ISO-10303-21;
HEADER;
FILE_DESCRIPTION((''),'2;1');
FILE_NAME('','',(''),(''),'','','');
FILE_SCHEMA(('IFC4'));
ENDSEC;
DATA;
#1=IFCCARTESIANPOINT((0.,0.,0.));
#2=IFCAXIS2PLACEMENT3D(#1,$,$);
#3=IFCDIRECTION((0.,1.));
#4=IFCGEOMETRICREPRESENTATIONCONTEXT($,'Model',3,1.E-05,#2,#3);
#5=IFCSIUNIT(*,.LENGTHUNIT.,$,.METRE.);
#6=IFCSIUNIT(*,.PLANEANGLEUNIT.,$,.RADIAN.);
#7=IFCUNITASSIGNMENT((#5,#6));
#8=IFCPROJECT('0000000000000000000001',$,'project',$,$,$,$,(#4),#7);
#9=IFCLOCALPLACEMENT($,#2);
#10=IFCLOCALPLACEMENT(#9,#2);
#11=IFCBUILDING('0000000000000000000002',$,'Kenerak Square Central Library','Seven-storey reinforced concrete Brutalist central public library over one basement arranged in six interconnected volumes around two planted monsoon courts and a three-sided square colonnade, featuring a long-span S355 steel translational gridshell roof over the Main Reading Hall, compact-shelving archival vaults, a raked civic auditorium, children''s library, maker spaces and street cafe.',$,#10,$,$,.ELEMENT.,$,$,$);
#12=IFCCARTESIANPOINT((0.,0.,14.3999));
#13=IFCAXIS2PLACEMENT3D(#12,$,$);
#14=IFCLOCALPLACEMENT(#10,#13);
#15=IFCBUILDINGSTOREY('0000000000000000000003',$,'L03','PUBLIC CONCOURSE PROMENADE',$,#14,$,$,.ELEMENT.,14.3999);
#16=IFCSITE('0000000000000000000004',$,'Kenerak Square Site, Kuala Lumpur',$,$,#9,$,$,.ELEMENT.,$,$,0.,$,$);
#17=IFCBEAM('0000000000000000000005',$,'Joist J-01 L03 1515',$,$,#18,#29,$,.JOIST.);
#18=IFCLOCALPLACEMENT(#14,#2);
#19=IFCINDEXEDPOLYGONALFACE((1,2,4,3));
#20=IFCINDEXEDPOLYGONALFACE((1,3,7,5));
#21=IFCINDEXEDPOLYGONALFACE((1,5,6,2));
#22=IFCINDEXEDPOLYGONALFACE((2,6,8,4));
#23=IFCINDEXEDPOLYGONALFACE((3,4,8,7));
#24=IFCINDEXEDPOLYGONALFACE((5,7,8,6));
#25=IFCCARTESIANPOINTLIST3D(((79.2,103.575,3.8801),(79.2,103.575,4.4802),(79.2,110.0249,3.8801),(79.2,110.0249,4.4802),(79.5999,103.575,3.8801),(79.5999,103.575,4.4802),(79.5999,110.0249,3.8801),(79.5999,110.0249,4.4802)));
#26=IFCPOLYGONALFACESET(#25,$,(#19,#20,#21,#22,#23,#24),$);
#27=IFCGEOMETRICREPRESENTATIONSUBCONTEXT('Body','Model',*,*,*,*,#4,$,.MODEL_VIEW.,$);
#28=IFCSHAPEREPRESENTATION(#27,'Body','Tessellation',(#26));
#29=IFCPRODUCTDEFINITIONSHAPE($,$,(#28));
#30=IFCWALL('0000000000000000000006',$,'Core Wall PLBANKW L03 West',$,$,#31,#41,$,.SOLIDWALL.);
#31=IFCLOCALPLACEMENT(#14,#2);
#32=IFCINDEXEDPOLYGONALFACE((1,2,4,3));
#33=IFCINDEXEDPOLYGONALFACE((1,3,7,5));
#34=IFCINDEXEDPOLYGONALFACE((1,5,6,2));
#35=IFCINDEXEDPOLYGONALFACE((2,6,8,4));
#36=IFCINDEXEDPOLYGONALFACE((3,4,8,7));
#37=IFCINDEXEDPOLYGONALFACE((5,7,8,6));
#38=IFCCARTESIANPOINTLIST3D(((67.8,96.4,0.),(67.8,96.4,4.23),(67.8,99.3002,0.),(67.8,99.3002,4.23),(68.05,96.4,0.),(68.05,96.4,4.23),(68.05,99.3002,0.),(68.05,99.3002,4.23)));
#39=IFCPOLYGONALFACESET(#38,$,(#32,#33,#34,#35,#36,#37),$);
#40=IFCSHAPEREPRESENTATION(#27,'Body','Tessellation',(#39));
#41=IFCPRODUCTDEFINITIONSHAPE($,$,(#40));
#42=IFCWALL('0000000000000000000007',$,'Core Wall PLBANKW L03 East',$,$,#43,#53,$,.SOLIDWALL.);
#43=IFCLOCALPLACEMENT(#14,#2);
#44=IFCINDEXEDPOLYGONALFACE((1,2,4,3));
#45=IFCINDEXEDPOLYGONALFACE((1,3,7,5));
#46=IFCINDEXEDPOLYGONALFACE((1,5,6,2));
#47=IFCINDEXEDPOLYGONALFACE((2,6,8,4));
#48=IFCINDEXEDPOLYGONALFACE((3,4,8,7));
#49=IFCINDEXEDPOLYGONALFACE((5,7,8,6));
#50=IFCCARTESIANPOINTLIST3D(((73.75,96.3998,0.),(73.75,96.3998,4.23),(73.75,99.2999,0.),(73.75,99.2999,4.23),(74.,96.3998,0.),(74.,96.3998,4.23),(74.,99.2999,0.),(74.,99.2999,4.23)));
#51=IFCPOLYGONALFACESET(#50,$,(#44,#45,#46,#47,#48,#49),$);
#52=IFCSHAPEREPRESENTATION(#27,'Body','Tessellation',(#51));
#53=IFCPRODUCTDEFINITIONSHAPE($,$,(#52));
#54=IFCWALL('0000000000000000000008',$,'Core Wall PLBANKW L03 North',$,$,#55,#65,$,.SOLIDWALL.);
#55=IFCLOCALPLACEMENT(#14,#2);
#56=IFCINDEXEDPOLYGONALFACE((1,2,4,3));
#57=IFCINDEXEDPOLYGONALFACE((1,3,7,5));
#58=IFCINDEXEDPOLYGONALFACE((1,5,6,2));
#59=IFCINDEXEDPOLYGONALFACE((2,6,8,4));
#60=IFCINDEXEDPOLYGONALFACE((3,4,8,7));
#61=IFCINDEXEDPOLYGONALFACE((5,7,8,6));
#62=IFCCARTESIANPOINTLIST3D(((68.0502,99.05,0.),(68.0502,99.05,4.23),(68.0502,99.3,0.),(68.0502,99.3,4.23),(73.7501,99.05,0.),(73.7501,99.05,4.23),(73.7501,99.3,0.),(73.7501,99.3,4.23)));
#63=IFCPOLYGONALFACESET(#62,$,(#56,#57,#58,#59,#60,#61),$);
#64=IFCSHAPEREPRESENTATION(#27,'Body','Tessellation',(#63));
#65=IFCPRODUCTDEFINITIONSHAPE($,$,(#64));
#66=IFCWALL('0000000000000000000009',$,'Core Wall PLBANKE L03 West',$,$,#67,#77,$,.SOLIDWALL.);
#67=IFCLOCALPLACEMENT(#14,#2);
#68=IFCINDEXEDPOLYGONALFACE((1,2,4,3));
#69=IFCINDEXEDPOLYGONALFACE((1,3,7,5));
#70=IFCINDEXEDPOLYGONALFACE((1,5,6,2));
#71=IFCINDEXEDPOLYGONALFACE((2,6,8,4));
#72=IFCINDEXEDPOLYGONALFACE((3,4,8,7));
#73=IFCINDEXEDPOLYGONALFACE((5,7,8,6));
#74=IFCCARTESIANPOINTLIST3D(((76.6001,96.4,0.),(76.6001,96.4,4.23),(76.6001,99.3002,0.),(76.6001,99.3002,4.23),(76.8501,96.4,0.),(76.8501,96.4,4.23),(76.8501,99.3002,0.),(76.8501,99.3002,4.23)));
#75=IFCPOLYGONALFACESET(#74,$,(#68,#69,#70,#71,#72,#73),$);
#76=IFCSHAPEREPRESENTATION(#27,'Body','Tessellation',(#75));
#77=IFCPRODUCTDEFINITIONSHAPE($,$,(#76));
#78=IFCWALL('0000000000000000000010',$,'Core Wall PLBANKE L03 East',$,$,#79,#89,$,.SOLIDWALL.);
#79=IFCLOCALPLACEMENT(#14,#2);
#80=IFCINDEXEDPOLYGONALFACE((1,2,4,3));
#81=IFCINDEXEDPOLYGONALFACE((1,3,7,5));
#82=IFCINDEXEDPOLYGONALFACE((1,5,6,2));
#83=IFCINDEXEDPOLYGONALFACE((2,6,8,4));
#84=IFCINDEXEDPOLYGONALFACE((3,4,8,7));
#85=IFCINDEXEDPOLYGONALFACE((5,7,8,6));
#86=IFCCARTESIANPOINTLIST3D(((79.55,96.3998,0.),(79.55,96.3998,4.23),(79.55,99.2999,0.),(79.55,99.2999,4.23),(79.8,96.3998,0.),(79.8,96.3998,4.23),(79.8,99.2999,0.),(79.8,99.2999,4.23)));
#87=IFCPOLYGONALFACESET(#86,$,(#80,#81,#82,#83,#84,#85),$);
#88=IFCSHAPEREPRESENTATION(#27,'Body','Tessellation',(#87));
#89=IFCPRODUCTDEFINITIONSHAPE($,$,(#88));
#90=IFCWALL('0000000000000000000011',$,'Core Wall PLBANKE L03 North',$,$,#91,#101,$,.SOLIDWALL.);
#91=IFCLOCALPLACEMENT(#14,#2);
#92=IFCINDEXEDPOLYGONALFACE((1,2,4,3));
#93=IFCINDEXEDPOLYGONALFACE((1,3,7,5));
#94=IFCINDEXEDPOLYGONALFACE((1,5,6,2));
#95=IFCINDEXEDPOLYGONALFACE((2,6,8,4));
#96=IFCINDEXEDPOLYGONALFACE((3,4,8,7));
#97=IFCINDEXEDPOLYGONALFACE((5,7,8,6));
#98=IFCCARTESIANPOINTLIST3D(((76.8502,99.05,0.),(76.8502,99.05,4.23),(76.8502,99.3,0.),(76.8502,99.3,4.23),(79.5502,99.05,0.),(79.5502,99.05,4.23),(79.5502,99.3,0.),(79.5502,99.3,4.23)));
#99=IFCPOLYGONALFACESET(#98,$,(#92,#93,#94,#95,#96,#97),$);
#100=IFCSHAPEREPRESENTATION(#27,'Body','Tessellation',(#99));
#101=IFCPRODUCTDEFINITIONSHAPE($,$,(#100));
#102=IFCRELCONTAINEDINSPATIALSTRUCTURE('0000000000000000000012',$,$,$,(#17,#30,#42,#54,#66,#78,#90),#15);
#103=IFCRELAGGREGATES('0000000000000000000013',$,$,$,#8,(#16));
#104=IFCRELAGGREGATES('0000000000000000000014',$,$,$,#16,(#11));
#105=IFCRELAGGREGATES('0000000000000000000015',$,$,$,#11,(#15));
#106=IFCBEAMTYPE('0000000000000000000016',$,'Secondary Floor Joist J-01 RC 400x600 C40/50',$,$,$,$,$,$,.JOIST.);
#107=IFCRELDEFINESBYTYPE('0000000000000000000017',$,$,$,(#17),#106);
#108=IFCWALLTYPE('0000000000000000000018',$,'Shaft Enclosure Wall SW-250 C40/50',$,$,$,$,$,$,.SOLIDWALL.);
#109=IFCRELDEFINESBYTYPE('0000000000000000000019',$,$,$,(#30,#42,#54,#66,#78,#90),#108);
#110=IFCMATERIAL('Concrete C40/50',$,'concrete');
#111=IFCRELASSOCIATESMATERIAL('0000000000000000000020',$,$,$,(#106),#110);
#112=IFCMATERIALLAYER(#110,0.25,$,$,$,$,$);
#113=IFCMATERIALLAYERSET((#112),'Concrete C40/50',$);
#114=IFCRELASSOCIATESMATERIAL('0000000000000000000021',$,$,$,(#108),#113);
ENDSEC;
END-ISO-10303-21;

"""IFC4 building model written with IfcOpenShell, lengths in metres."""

from ifc_helpers import new_model, si_unit, direction, frame, frame_2d, origin, origin_2d, place, context, subcontext, project, spatial, rectangle, extrude, material, layer, layer_set, material_profile, profile_set, type_object, element, save


model = new_model("IFC4")

# Units and contexts
model_context = context("Model", 3, precision=1e-05, world=origin(), true_north=direction((0.0, 1.0)))
body_context = subcontext(model_context, "Body", "Model", "MODEL_VIEW")
ifc_project = project(units=[si_unit("LENGTHUNIT", "METRE"), si_unit("PLANEANGLEUNIT", "RADIAN")], contexts=[model_context])

# Site, building, storey
site_placement = place(None, origin())
site = spatial("IfcSite", under=ifc_project, at=site_placement, Name="Kenerak Square Site, Kuala Lumpur", CompositionType="ELEMENT", RefElevation=0.0)
building_placement = place(site_placement, origin())
building = spatial("IfcBuilding", under=site, at=building_placement, Name="Kenerak Square Central Library", Description="Seven-storey reinforced concrete Brutalist central public library over one basement arranged in six interconnected volumes around two planted monsoon courts and a three-sided square colonnade, featuring a long-span S355 steel translational gridshell roof over the Main Reading Hall, compact-shelving archival vaults, a raked civic auditorium, children's library, maker spaces and street cafe.", CompositionType="ELEMENT")
storey_placement = place(building_placement, frame((0.0, 0.0, 14.3999)))
storey = spatial("IfcBuildingStorey", under=building, at=storey_placement, Name="L03", Description="PUBLIC CONCOURSE PROMENADE", CompositionType="ELEMENT", Elevation=14.3999)

# Beam
ifc_material_1 = material(Name="Concrete C40/50", Category="concrete")
ifc_material_profile_1 = material_profile(ifc_material_1, rectangle(XDim=0.3999, YDim=0.6001, at=origin_2d()), Name="RC 400x600")
ifc_profile_set_1 = profile_set([ifc_material_profile_1], Name="Concrete C40/50")
beam_type_1 = type_object("IfcBeamType", Name="Secondary Floor Joist J-01 RC 400x600 C40/50", PredefinedType="JOIST", material=ifc_profile_set_1)
for number, where, z_axis, x_axis, name in (
    (1, (79.3999, 103.575, 4.1802), (0.0, 1.0, 0.0), (-1.0, 0.0, 0.0), "Joist J-01 L03 1515"),
):
    element("IfcBeam", number, at=place(storey_placement, frame(where, z_axis=z_axis, x_axis=x_axis)), inside=storey, type_object=beam_type_1, Name=name, PredefinedType="JOIST", context=body_context, shape_type="SweptSolid", body=[
        extrude(rectangle(XDim=0.3999, YDim=0.6001, at=origin_2d()), origin(), (0.0, 0.0, 1.0), 6.45),
    ])

# Walls
ifc_layer = layer(ifc_material_1, 0.25)
ifc_layer_set = layer_set([ifc_layer], Name="Concrete C40/50")
wall_type = type_object("IfcWallType", Name="Shaft Enclosure Wall SW-250 C40/50", PredefinedType="SOLIDWALL", material=ifc_layer_set)
for number, where, z_axis, x_axis, name in (
    (2, (67.925, 96.3999, 0.0), (0.0, 0.0, 1.0), (0.0, 1.0, 0.0), "Core Wall PLBANKW L03 West"),
    (3, (73.875, 99.3, 0.0), (0.0, 0.0, 1.0), (0.0, -1.0, 0.0), "Core Wall PLBANKW L03 East"),
):
    element("IfcWall", number, at=place(storey_placement, frame(where, z_axis=z_axis, x_axis=x_axis)), inside=storey, type_object=wall_type, Name=name, PredefinedType="SOLIDWALL", context=body_context, shape_type="SweptSolid", body=[
        extrude(rectangle(XDim=2.9001, YDim=0.25, at=frame_2d((1.4502, 0.0))), origin(), (0.0, 0.0, 1.0), 4.23),
    ])

# Walls
wall_1_placement = place(storey_placement, frame((68.05, 99.175, 0.0), z_axis=(0.0, 0.0, 1.0), x_axis=(1.0, 0.0, 0.0)))
element("IfcWall", 4, at=wall_1_placement, inside=storey, type_object=wall_type, Name="Core Wall PLBANKW L03 North", PredefinedType="SOLIDWALL", context=body_context, shape_type="SweptSolid", body=[
    extrude(rectangle(XDim=5.7, YDim=0.25, at=frame_2d((2.8501, 0.0))), origin(), (0.0, 0.0, 1.0), 4.23),
])
for number, where, z_axis, x_axis, name in (
    (5, (76.7251, 96.3999, 0.0), (0.0, 0.0, 1.0), (0.0, 1.0, 0.0), "Core Wall PLBANKE L03 West"),
    (6, (79.675, 99.3, 0.0), (0.0, 0.0, 1.0), (0.0, -1.0, 0.0), "Core Wall PLBANKE L03 East"),
):
    element("IfcWall", number, at=place(storey_placement, frame(where, z_axis=z_axis, x_axis=x_axis)), inside=storey, type_object=wall_type, Name=name, PredefinedType="SOLIDWALL", context=body_context, shape_type="SweptSolid", body=[
        extrude(rectangle(XDim=2.9001, YDim=0.25, at=frame_2d((1.4502, 0.0))), origin(), (0.0, 0.0, 1.0), 4.23),
    ])

# Wall
wall_2_placement = place(storey_placement, frame((76.8501, 99.175, 0.0), z_axis=(0.0, 0.0, 1.0), x_axis=(1.0, 0.0, 0.0)))
element("IfcWall", 7, at=wall_2_placement, inside=storey, type_object=wall_type, Name="Core Wall PLBANKE L03 North", PredefinedType="SOLIDWALL", context=body_context, shape_type="SweptSolid", body=[
    extrude(rectangle(XDim=2.7, YDim=0.25, at=frame_2d((1.3501, 0.0))), origin(), (0.0, 0.0, 1.0), 4.23),
])

save(model, "model.ifc")
